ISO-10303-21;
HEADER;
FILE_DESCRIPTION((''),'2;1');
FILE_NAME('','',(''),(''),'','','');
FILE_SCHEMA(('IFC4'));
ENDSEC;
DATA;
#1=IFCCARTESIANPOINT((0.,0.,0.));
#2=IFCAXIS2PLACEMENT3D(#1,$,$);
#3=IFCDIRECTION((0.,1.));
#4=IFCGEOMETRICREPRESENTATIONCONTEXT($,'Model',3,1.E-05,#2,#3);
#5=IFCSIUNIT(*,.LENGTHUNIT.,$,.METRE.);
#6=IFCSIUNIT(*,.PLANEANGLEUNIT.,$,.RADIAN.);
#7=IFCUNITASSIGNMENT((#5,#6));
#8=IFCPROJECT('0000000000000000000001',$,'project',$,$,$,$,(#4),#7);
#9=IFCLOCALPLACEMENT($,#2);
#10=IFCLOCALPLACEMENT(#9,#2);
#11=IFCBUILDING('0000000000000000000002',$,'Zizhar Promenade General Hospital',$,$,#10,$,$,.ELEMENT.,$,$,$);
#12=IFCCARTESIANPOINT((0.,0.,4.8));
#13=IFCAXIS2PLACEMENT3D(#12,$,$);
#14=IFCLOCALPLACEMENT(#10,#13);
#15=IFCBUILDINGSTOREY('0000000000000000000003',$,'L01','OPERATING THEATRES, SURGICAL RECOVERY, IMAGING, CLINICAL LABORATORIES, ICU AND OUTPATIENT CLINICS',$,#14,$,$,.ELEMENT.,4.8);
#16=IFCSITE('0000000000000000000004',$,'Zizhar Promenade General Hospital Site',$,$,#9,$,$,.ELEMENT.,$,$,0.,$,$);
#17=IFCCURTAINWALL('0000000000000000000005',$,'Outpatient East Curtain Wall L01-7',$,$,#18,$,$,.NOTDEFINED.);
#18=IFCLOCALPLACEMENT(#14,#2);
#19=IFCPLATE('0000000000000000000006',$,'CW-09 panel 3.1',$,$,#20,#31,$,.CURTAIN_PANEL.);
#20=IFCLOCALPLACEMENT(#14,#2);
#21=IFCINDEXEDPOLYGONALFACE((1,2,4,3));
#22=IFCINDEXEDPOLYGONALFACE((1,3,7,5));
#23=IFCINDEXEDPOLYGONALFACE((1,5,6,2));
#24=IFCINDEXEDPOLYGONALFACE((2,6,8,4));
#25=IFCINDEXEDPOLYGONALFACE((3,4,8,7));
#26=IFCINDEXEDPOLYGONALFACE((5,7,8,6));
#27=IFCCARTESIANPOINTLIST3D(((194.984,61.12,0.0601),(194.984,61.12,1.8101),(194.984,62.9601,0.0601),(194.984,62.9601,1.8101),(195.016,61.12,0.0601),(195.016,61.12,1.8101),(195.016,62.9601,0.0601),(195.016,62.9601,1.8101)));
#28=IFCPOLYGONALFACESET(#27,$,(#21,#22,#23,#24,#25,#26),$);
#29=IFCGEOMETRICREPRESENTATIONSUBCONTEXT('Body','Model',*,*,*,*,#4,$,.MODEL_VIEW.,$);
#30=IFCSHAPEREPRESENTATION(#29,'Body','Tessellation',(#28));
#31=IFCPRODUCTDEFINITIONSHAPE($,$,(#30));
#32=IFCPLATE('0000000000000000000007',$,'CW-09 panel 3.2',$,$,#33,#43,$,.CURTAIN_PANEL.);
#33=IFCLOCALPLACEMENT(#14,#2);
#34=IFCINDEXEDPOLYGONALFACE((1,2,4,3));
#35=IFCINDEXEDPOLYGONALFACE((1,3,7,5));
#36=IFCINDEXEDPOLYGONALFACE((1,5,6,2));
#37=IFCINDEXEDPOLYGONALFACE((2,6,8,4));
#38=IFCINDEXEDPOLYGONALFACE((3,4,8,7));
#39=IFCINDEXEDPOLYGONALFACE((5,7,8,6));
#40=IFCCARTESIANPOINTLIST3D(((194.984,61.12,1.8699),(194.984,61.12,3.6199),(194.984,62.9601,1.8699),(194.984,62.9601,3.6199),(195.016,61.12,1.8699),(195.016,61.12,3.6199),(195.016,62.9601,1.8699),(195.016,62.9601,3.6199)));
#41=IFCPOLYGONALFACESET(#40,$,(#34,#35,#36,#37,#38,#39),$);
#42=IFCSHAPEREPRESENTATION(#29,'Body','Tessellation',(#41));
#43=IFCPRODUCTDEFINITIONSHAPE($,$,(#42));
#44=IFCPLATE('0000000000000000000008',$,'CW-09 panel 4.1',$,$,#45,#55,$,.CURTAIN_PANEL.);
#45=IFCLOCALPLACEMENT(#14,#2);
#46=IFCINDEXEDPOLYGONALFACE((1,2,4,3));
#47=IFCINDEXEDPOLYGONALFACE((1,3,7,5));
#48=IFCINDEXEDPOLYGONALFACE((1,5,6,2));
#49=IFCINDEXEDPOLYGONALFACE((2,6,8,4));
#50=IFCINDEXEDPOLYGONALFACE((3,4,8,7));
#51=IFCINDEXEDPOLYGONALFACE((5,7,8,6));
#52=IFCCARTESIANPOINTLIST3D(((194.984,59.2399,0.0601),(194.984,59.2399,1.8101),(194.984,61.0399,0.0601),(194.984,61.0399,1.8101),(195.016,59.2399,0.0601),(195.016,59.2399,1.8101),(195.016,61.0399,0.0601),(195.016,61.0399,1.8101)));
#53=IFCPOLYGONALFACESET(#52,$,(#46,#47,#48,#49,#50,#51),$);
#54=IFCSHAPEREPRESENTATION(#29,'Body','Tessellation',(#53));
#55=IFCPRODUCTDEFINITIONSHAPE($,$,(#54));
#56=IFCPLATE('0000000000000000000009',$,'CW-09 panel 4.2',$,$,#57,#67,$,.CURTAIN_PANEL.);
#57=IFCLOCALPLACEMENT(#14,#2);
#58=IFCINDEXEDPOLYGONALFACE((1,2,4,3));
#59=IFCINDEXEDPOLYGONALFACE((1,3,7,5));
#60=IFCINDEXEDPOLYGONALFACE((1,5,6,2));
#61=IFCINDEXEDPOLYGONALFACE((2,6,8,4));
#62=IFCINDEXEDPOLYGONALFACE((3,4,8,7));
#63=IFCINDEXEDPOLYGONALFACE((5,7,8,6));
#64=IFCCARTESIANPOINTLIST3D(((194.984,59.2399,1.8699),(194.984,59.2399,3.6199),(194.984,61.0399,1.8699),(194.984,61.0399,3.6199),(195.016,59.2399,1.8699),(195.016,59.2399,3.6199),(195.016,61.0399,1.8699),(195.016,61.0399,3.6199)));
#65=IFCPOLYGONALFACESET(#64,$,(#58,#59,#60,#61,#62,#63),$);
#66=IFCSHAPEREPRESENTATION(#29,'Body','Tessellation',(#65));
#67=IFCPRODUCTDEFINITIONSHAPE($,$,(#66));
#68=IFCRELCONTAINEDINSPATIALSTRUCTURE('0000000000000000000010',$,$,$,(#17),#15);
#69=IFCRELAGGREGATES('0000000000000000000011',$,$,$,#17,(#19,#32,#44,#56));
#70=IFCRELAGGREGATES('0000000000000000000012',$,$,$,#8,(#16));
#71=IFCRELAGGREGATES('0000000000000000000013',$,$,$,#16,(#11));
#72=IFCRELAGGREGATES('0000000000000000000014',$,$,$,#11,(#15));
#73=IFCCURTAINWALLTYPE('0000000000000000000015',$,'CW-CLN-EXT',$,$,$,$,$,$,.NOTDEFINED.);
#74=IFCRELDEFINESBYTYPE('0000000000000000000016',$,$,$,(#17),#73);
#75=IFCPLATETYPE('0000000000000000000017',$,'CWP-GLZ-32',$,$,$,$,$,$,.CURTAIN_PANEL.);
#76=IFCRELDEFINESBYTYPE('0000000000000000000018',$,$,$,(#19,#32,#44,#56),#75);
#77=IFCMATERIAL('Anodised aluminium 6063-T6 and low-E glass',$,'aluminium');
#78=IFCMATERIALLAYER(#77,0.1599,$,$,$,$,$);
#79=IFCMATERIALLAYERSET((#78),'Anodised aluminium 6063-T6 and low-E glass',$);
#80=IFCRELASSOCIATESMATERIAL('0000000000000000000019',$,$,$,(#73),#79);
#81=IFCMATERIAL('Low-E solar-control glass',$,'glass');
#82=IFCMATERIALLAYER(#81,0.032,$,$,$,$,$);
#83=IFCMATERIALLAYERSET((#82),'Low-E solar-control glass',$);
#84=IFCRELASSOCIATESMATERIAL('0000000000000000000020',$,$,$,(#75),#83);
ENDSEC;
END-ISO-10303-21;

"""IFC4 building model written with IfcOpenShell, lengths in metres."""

from ifc_helpers import new_model, si_unit, direction, frame, origin, origin_2d, place, context, subcontext, project, spatial, rectangle, extrude, material, layer, layer_set, type_object, element, aggregate, save


model = new_model("IFC4")

# Units and contexts
model_context = context("Model", 3, precision=1e-05, world=origin(), true_north=direction((0.0, 1.0)))
body_context = subcontext(model_context, "Body", "Model", "MODEL_VIEW")
ifc_project = project(units=[si_unit("LENGTHUNIT", "METRE"), si_unit("PLANEANGLEUNIT", "RADIAN")], contexts=[model_context])

# Site, building, storey
site_placement = place(None, origin())
site = spatial("IfcSite", under=ifc_project, at=site_placement, Name="Zizhar Promenade General Hospital Site", CompositionType="ELEMENT", RefElevation=0.0)
building_placement = place(site_placement, origin())
building = spatial("IfcBuilding", under=site, at=building_placement, Name="Zizhar Promenade General Hospital", CompositionType="ELEMENT")
storey_placement = place(building_placement, frame((0.0, 0.0, 4.8)))
storey = spatial("IfcBuildingStorey", under=building, at=storey_placement, Name="L01", Description="OPERATING THEATRES, SURGICAL RECOVERY, IMAGING, CLINICAL LABORATORIES, ICU AND OUTPATIENT CLINICS", CompositionType="ELEMENT", Elevation=4.8)

# Curtain wall, plates
ifc_material_1 = material(Name="Anodised aluminium 6063-T6 and low-E glass", Category="aluminium")
ifc_layer_1 = layer(ifc_material_1, 0.1599)
ifc_layer_set_1 = layer_set([ifc_layer_1], Name="Anodised aluminium 6063-T6 and low-E glass")
curtain_wall_type = type_object("IfcCurtainWallType", Name="CW-CLN-EXT", PredefinedType="NOTDEFINED", material=ifc_layer_set_1)
curtain_wall_placement = place(storey_placement, origin())
curtain_wall = element("IfcCurtainWall", 1, at=curtain_wall_placement, inside=storey, type_object=curtain_wall_type, Name="Outpatient East Curtain Wall L01-7", PredefinedType="NOTDEFINED")
ifc_material_2 = material(Name="Low-E solar-control glass", Category="glass")
ifc_layer_2 = layer(ifc_material_2, 0.032)
ifc_layer_set_2 = layer_set([ifc_layer_2], Name="Low-E solar-control glass")
plate_type = type_object("IfcPlateType", Name="CWP-GLZ-32", PredefinedType="CURTAIN_PANEL", material=ifc_layer_set_2)
plate_1_placement = place(storey_placement, frame((195.0, 62.04, 0.0601), z_axis=(0.0, 0.0, 1.0), x_axis=(0.0, -1.0, 0.0)))
plate_1 = element("IfcPlate", 2, at=plate_1_placement, type_object=plate_type, Name="CW-09 panel 3.1", PredefinedType="CURTAIN_PANEL", context=body_context, shape_type="SweptSolid", body=[
    extrude(rectangle(XDim=1.8401, YDim=0.032, at=origin_2d()), origin(), (0.0, 0.0, 1.0), 1.75),
])
plate_2_placement = place(storey_placement, frame((195.0, 62.04, 1.8699), z_axis=(0.0, 0.0, 1.0), x_axis=(0.0, -1.0, 0.0)))
plate_2 = element("IfcPlate", 3, at=plate_2_placement, type_object=plate_type, Name="CW-09 panel 3.2", PredefinedType="CURTAIN_PANEL", context=body_context, shape_type="SweptSolid", body=[
    extrude(rectangle(XDim=1.8401, YDim=0.032, at=origin_2d()), origin(), (0.0, 0.0, 1.0), 1.75),
])
plate_3_placement = place(storey_placement, frame((195.0, 60.1399, 0.0601), z_axis=(0.0, 0.0, 1.0), x_axis=(0.0, -1.0, 0.0)))
plate_3 = element("IfcPlate", 4, at=plate_3_placement, type_object=plate_type, Name="CW-09 panel 4.1", PredefinedType="CURTAIN_PANEL", context=body_context, shape_type="SweptSolid", body=[
    extrude(rectangle(XDim=1.8, YDim=0.032, at=origin_2d()), origin(), (0.0, 0.0, 1.0), 1.75),
])
plate_4_placement = place(storey_placement, frame((195.0, 60.1399, 1.8699), z_axis=(0.0, 0.0, 1.0), x_axis=(0.0, -1.0, 0.0)))
plate_4 = element("IfcPlate", 5, at=plate_4_placement, type_object=plate_type, Name="CW-09 panel 4.2", PredefinedType="CURTAIN_PANEL", context=body_context, shape_type="SweptSolid", body=[
    extrude(rectangle(XDim=1.8, YDim=0.032, at=origin_2d()), origin(), (0.0, 0.0, 1.0), 1.75),
])
aggregate(curtain_wall, [plate_1, plate_2, plate_3, plate_4])

save(model, "model.ifc")
